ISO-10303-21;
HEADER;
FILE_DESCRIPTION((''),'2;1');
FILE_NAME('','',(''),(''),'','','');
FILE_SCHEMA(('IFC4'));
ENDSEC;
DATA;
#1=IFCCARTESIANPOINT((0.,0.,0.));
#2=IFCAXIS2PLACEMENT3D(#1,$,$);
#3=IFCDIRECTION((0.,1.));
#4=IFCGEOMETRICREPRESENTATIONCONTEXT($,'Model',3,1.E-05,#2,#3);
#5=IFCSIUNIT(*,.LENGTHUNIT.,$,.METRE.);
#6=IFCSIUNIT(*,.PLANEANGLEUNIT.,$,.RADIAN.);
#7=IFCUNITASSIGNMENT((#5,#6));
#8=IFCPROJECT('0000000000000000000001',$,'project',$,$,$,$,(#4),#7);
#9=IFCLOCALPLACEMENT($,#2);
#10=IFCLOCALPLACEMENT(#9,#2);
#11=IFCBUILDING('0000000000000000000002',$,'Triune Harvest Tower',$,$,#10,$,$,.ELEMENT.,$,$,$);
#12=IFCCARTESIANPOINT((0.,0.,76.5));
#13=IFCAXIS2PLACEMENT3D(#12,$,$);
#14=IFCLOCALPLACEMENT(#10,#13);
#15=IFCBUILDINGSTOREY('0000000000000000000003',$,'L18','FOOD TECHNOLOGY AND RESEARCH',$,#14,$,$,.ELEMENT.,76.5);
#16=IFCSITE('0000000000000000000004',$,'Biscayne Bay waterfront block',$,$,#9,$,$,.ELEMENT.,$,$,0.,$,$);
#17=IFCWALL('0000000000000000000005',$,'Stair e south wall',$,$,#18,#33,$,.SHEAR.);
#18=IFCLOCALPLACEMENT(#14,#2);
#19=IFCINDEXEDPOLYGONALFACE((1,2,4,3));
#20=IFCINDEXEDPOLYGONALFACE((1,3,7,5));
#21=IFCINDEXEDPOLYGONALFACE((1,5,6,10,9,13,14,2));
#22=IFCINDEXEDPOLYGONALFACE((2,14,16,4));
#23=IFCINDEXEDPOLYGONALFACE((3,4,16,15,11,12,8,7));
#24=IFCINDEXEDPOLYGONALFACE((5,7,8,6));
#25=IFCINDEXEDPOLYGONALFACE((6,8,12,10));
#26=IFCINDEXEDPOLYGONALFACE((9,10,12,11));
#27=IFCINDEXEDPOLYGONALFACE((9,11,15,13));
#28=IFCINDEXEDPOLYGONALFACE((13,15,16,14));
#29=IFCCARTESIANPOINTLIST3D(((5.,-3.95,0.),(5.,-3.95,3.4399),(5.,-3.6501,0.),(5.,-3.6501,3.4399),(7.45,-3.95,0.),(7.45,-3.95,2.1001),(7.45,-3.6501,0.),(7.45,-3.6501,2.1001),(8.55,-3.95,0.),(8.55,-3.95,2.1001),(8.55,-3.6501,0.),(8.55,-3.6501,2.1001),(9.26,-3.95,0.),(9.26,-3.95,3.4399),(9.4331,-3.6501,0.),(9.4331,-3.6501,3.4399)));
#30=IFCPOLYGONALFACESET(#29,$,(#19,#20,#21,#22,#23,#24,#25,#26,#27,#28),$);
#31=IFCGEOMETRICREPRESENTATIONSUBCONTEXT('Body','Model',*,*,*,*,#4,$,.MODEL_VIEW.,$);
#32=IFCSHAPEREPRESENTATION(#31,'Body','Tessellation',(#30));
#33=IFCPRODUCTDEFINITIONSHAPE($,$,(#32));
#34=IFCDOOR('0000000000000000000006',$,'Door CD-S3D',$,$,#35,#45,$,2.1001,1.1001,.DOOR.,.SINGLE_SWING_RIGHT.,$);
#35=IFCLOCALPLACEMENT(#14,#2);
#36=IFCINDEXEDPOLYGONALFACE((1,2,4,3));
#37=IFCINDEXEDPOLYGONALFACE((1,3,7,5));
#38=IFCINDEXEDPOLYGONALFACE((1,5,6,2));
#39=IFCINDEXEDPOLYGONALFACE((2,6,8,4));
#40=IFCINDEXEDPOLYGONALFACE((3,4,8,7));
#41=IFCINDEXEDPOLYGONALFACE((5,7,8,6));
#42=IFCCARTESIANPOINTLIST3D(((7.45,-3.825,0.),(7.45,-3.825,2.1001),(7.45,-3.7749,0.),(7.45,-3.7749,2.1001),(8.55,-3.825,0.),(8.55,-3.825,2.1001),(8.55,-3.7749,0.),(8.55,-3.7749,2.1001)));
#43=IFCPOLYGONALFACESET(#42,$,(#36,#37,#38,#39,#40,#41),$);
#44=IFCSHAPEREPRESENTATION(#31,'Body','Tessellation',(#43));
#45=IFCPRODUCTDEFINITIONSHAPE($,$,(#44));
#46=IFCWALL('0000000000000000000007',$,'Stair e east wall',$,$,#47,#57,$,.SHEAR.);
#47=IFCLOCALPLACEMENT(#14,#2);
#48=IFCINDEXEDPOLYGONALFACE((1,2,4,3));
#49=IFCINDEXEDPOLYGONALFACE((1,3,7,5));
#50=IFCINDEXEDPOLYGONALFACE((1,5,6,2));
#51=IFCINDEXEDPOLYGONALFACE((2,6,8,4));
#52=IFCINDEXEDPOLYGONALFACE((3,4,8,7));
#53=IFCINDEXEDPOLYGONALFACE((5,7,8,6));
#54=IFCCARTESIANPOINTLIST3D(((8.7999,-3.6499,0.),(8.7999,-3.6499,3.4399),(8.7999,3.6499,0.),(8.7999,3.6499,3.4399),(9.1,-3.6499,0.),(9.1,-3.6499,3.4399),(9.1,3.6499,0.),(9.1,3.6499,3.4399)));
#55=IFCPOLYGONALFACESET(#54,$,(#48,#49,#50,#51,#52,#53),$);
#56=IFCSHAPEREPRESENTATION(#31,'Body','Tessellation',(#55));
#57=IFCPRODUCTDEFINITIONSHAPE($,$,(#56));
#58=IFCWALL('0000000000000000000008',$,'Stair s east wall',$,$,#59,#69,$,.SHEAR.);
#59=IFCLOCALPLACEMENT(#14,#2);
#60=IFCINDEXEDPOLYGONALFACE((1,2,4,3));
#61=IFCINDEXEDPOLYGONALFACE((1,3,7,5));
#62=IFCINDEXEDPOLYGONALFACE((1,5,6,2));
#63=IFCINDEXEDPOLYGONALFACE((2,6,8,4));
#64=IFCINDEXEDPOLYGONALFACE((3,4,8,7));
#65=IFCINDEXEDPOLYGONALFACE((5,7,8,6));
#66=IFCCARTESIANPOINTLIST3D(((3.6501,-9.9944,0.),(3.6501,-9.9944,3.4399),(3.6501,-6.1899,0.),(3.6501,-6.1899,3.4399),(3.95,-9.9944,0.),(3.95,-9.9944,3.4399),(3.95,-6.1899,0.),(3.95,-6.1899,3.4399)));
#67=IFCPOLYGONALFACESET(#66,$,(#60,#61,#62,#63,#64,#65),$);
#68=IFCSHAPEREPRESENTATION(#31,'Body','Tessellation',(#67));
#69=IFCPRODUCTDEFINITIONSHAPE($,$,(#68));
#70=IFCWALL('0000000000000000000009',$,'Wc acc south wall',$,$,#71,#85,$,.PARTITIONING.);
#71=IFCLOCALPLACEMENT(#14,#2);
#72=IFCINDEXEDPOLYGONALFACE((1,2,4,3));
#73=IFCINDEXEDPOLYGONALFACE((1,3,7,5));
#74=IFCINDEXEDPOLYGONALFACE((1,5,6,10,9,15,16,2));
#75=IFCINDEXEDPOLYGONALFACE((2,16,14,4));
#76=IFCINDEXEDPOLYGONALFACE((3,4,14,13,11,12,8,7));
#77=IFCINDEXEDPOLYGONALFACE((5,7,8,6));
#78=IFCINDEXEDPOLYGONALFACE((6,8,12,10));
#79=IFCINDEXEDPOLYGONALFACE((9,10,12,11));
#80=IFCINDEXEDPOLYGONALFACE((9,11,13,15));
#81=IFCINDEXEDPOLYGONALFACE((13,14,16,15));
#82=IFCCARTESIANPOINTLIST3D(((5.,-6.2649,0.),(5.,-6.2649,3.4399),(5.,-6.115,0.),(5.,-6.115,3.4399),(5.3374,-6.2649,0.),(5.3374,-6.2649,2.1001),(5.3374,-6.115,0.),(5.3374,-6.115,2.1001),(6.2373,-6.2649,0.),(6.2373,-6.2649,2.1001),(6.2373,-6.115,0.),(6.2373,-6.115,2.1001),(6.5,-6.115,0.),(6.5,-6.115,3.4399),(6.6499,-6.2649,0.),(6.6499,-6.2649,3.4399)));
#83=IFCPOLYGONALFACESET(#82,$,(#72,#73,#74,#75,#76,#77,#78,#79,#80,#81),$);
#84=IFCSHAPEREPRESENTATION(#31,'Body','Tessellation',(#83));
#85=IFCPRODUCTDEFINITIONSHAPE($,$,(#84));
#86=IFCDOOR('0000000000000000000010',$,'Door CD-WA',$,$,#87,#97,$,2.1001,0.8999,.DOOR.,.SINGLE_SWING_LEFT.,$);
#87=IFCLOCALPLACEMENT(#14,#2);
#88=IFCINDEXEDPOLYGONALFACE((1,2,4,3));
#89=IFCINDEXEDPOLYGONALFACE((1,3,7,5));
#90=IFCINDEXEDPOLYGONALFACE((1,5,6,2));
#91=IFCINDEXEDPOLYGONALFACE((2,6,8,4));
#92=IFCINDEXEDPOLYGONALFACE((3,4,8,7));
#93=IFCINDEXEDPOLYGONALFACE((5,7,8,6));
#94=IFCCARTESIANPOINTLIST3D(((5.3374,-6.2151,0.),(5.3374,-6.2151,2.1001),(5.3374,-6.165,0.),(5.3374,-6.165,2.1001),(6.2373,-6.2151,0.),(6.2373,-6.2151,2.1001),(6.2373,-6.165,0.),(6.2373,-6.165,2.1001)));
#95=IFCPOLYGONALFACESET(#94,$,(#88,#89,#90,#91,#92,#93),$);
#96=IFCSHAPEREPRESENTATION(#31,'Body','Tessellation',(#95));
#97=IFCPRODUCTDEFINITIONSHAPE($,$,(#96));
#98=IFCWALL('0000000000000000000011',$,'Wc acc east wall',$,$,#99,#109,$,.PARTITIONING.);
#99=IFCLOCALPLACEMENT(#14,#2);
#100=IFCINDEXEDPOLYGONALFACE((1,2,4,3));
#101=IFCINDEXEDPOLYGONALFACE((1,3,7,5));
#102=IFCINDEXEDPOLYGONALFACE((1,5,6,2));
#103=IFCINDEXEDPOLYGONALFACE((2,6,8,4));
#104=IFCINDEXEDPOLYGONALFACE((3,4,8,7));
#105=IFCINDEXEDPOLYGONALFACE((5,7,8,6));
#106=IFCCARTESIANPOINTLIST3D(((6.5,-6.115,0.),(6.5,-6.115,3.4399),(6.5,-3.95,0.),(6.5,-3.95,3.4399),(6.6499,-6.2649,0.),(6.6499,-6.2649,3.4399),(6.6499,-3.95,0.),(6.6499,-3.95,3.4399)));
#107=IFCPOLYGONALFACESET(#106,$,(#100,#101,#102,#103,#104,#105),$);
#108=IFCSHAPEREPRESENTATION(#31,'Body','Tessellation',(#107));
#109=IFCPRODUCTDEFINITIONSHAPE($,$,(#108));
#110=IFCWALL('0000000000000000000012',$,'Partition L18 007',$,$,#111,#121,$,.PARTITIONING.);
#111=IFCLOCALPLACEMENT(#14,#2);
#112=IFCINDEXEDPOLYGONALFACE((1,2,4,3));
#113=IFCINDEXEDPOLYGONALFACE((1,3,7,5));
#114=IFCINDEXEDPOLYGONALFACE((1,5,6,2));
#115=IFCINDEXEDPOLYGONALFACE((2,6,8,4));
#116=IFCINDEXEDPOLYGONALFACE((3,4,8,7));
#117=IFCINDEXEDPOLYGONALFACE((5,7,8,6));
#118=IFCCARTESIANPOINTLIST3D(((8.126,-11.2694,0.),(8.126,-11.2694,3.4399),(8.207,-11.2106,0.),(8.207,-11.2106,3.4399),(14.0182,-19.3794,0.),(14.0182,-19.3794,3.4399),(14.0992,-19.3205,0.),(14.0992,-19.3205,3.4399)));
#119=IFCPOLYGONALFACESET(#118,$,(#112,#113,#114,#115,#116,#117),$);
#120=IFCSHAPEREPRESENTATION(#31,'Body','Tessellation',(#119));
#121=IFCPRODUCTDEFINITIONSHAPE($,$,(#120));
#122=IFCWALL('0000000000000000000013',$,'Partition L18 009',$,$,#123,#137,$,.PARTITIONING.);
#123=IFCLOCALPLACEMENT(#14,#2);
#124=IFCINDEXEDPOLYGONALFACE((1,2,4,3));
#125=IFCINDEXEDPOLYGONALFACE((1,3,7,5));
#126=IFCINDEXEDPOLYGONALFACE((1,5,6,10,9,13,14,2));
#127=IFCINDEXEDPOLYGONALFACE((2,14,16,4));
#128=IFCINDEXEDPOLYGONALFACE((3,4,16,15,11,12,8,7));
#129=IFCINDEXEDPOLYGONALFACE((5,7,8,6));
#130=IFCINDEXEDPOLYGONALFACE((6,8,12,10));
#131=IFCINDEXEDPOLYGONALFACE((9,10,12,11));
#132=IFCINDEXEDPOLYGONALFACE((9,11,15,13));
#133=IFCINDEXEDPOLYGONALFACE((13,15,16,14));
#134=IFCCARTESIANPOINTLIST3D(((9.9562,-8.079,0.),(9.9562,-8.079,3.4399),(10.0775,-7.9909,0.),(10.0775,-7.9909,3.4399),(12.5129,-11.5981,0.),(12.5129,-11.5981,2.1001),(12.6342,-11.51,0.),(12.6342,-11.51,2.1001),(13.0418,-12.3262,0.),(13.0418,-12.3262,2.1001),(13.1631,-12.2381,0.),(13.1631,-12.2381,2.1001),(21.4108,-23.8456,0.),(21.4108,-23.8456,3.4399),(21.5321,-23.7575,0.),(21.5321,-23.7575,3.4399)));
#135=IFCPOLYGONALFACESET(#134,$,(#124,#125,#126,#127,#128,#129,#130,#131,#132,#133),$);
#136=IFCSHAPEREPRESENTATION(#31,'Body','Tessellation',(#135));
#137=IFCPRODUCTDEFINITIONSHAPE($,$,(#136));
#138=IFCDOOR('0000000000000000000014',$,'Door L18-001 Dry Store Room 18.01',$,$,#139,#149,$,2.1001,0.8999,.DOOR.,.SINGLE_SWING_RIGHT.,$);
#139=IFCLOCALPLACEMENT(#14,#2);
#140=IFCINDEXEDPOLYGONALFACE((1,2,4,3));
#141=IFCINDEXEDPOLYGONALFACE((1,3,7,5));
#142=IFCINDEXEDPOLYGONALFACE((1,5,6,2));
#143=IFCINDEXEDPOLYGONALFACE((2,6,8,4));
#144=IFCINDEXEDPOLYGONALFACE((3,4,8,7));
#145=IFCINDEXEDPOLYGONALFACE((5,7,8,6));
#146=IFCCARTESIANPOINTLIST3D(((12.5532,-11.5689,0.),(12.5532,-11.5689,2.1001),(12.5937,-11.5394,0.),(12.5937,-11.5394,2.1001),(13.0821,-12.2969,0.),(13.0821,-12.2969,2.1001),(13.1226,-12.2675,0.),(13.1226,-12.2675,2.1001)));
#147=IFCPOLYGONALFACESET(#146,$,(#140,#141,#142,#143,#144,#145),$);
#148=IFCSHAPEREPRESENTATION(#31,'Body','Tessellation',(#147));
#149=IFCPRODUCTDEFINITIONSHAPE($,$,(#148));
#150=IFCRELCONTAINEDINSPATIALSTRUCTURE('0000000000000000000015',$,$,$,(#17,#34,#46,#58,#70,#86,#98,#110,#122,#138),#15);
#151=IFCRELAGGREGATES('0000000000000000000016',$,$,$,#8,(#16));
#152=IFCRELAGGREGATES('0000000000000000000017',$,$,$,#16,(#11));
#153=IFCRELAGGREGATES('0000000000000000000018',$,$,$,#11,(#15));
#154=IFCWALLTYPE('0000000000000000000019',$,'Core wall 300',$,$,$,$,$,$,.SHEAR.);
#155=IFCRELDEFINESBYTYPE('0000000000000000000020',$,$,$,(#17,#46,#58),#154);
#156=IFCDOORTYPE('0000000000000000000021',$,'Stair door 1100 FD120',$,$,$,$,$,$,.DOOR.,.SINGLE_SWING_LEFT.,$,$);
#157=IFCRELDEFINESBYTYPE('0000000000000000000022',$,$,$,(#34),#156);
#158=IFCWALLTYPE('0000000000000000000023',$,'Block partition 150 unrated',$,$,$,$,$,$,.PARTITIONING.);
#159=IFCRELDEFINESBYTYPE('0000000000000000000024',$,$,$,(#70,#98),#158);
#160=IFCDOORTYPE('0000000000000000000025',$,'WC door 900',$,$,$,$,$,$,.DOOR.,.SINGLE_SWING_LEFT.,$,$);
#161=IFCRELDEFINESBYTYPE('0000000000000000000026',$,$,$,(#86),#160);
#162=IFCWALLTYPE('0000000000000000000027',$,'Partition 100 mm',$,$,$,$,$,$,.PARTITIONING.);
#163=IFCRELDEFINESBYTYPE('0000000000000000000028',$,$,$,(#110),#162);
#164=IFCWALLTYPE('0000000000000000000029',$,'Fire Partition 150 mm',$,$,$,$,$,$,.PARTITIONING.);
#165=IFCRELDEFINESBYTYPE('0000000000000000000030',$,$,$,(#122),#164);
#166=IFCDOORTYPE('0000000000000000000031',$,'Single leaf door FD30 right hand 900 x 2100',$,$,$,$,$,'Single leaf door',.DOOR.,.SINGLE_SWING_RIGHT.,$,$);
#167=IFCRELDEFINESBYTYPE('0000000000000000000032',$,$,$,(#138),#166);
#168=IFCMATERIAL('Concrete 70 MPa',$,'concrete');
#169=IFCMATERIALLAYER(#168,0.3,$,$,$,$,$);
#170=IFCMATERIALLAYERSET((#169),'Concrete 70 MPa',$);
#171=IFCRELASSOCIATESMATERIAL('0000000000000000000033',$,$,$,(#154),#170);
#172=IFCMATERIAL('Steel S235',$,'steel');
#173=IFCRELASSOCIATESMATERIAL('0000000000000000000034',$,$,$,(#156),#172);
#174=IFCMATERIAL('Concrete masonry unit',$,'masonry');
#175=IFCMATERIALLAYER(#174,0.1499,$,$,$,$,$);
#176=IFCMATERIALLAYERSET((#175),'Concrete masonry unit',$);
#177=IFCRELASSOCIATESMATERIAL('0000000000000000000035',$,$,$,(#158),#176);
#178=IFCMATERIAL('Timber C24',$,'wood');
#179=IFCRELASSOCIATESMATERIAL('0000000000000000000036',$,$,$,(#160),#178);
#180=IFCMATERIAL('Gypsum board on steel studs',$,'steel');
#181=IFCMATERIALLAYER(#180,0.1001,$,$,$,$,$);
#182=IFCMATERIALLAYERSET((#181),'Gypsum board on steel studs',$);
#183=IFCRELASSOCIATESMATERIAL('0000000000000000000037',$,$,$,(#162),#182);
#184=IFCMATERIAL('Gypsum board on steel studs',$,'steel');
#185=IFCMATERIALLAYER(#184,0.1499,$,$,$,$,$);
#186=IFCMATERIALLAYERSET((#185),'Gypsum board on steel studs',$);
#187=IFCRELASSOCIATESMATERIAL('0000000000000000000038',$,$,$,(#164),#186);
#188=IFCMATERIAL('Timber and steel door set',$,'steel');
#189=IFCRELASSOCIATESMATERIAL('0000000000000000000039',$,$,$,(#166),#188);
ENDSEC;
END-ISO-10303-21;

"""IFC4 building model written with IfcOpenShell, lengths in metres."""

from ifc_helpers import new_model, si_unit, direction, frame, frame_2d, origin, place, context, subcontext, project, spatial, polyline, rectangle, outline, extrude, source, transform, mapped, material, layer, layer_set, type_object, element, fill, save


model = new_model("IFC4")

# Units and contexts
model_context = context("Model", 3, precision=1e-05, world=origin(), true_north=direction((0.0, 1.0)))
body_context = subcontext(model_context, "Body", "Model", "MODEL_VIEW")
ifc_project = project(units=[si_unit("LENGTHUNIT", "METRE"), si_unit("PLANEANGLEUNIT", "RADIAN")], contexts=[model_context])

# Site, building, storey
site_placement = place(None, origin())
site = spatial("IfcSite", under=ifc_project, at=site_placement, Name="Biscayne Bay waterfront block", CompositionType="ELEMENT", RefElevation=0.0)
building_placement = place(site_placement, origin())
building = spatial("IfcBuilding", under=site, at=building_placement, Name="Triune Harvest Tower", CompositionType="ELEMENT")
storey_placement = place(building_placement, frame((0.0, 0.0, 76.5)))
storey = spatial("IfcBuildingStorey", under=building, at=storey_placement, Name="L18", Description="FOOD TECHNOLOGY AND RESEARCH", CompositionType="ELEMENT", Elevation=76.5)

# Shared definitions
ifc_material_1 = material(Name="Concrete 70 MPa", Category="concrete")
ifc_layer_1 = layer(ifc_material_1, 0.3)
ifc_layer_set_1 = layer_set([ifc_layer_1], Name="Concrete 70 MPa")
wall_type_1 = type_object("IfcWallType", Name="Core wall 300", PredefinedType="SHEAR", material=ifc_layer_set_1)

# Wall, opening, door
ifc_material_2 = material(Name="Steel S235", Category="steel")
door_type_1 = type_object("IfcDoorType", Name="Stair door 1100 FD120", OperationType="SINGLE_SWING_LEFT", PredefinedType="DOOR", material=ifc_material_2)
shared_shape_1 = source(origin(), body_context, "Body", "SweptSolid", [
    extrude(outline(polyline([(0.0, -0.1499), (0.0, 0.1499), (4.4331, 0.1499), (4.26, -0.1499), (0.0, -0.1499)])), origin(), (0.0, 0.0, 1.0), 3.4399),
])
wall_1_placement = place(storey_placement, frame((5.0, -3.8, 0.0), z_axis=(0.0, 0.0, 1.0), x_axis=(1.0, 0.0, 0.0)))
wall_1 = element("IfcWall", 1, at=wall_1_placement, inside=storey, type_object=wall_type_1, Name="Stair e south wall", PredefinedType="SHEAR", context=body_context, shape_type="MappedRepresentation", body=[
    mapped(shared_shape_1, transform((0.0, 0.0, 0.0), scale=1.0)),
])
opening_1_placement = place(wall_1_placement, frame((2.45, 0.0, 0.0)))
opening_1 = element("IfcOpeningElement", 2, at=opening_1_placement, cuts=wall_1, PredefinedType="OPENING", context=body_context, shape_type="SweptSolid", body=[
    extrude(rectangle(XDim=1.1001, YDim=2.1001, at=frame_2d((0.55, 1.05))), frame((0.0, 0.1602, 0.0), z_axis=(0.0, -1.0, 0.0), x_axis=(1.0, 0.0, 0.0)), (0.0, 0.0, 1.0), 0.3201),
])
door_1_placement = place(opening_1_placement, frame((1.1001, 0.0, 0.0), z_axis=(0.0, 0.0, 1.0), x_axis=(-1.0, 0.0, 0.0)))
door_1 = element("IfcDoor", 3, at=door_1_placement, inside=storey, type_object=door_type_1, Name="Door CD-S3D", OperationType="SINGLE_SWING_RIGHT", OverallHeight=2.1001, OverallWidth=1.1001, PredefinedType="DOOR", context=body_context, shape_type="SweptSolid", body=[
    extrude(rectangle(XDim=1.1001, YDim=2.1001, at=frame_2d((0.55, 1.05))), frame((0.0, 0.0249, 0.0), z_axis=(0.0, -1.0, 0.0), x_axis=(1.0, 0.0, 0.0)), (0.0, 0.0, 1.0), 0.05),
])
fill(opening_1, door_1)

# Walls
shared_shape_2 = source(origin(), body_context, "Body", "SweptSolid", [
    extrude(rectangle(XDim=7.2998, YDim=0.3, at=frame_2d((3.6499, 0.0))), origin(), (0.0, 0.0, 1.0), 3.4399),
])
wall_2_placement = place(storey_placement, frame((8.95, -3.6499, 0.0), z_axis=(0.0, 0.0, 1.0), x_axis=(0.0, 1.0, 0.0)))
element("IfcWall", 4, at=wall_2_placement, inside=storey, type_object=wall_type_1, Name="Stair e east wall", PredefinedType="SHEAR", context=body_context, shape_type="MappedRepresentation", body=[
    mapped(shared_shape_2, transform((0.0, 0.0, 0.0), scale=1.0)),
])
shared_shape_3 = source(origin(), body_context, "Body", "SweptSolid", [
    extrude(outline(polyline([(3.8, -0.1499), (-0.0044, -0.1499), (-0.0044, 0.1499), (3.8, 0.1499), (3.8, -0.1499)])), origin(), (0.0, 0.0, 1.0), 3.4399),
])
wall_3_placement = place(storey_placement, frame((3.8, -9.99, 0.0), z_axis=(0.0, 0.0, 1.0), x_axis=(0.0, 1.0, 0.0)))
element("IfcWall", 5, at=wall_3_placement, inside=storey, type_object=wall_type_1, Name="Stair s east wall", PredefinedType="SHEAR", context=body_context, shape_type="MappedRepresentation", body=[
    mapped(shared_shape_3, transform((0.0, 0.0, 0.0), scale=1.0)),
])

# Wall, opening, door
ifc_material_3 = material(Name="Concrete masonry unit", Category="masonry")
ifc_layer_2 = layer(ifc_material_3, 0.1499)
ifc_layer_set_2 = layer_set([ifc_layer_2], Name="Concrete masonry unit")
wall_type_2 = type_object("IfcWallType", Name="Block partition 150 unrated", PredefinedType="PARTITIONING", material=ifc_layer_set_2)
shared_shape_4 = source(origin(), body_context, "Body", "SweptSolid", [
    extrude(outline(polyline([(0.0, -0.075), (1.6499, -0.075), (1.5, 0.075), (0.0, 0.075), (0.0, -0.075)])), origin(), (0.0, 0.0, 1.0), 3.4399),
])
wall_4_placement = place(storey_placement, frame((5.0, -6.1899, 0.0), z_axis=(0.0, 0.0, 1.0), x_axis=(1.0, 0.0, 0.0)))
wall_4 = element("IfcWall", 6, at=wall_4_placement, inside=storey, type_object=wall_type_2, Name="Wc acc south wall", PredefinedType="PARTITIONING", context=body_context, shape_type="MappedRepresentation", body=[
    mapped(shared_shape_4, transform((0.0, 0.0, 0.0), scale=1.0)),
])
opening_2_placement = place(wall_4_placement, frame((0.3374, 0.0, 0.0)))
opening_2 = element("IfcOpeningElement", 7, at=opening_2_placement, cuts=wall_4, PredefinedType="OPENING", context=body_context, shape_type="SweptSolid", body=[
    extrude(rectangle(XDim=0.8999, YDim=2.1001, at=frame_2d((0.45, 1.05))), frame((0.0, 0.085, 0.0), z_axis=(0.0, -1.0, 0.0), x_axis=(1.0, 0.0, 0.0)), (0.0, 0.0, 1.0), 0.1699),
])
ifc_material_4 = material(Name="Timber C24", Category="wood")
door_type_2 = type_object("IfcDoorType", Name="WC door 900", OperationType="SINGLE_SWING_LEFT", PredefinedType="DOOR", material=ifc_material_4)
door_2_placement = place(opening_2_placement, origin())
door_2 = element("IfcDoor", 8, at=door_2_placement, inside=storey, type_object=door_type_2, Name="Door CD-WA", OperationType="SINGLE_SWING_LEFT", OverallHeight=2.1001, OverallWidth=0.8999, PredefinedType="DOOR", context=body_context, shape_type="SweptSolid", body=[
    extrude(rectangle(XDim=0.8999, YDim=2.1001, at=frame_2d((0.45, 1.05))), frame((0.0, 0.0249, 0.0), z_axis=(0.0, -1.0, 0.0), x_axis=(1.0, 0.0, 0.0)), (0.0, 0.0, 1.0), 0.05),
])
fill(opening_2, door_2)

# Walls
shared_shape_5 = source(origin(), body_context, "Body", "SweptSolid", [
    extrude(outline(polyline([(-0.075, -0.075), (2.24, -0.075), (2.24, 0.075), (0.075, 0.075), (-0.075, -0.075)])), origin(), (0.0, 0.0, 1.0), 3.4399),
])
wall_5_placement = place(storey_placement, frame((6.575, -6.1899, 0.0), z_axis=(0.0, 0.0, 1.0), x_axis=(0.0, 1.0, 0.0)))
element("IfcWall", 9, at=wall_5_placement, inside=storey, type_object=wall_type_2, Name="Wc acc east wall", PredefinedType="PARTITIONING", context=body_context, shape_type="MappedRepresentation", body=[
    mapped(shared_shape_5, transform((0.0, 0.0, 0.0), scale=1.0)),
])
ifc_material_5 = material(Name="Gypsum board on steel studs", Category="steel")
ifc_layer_3 = layer(ifc_material_5, 0.1001)
ifc_layer_set_3 = layer_set([ifc_layer_3], Name="Gypsum board on steel studs")
wall_type_3 = type_object("IfcWallType", Name="Partition 100 mm", PredefinedType="PARTITIONING", material=ifc_layer_set_3)
shared_shape_6 = source(origin(), body_context, "Body", "SweptSolid", [
    extrude(rectangle(XDim=10.0244, YDim=0.1001, at=frame_2d((5.0122, 0.0))), origin(), (0.0, 0.0, 1.0), 3.4399),
])
wall_6_placement = place(storey_placement, frame((8.1665, -11.24, 0.0), z_axis=(0.0, 0.0, 1.0), x_axis=(0.587781, -0.80902, 0.0)))
element("IfcWall", 10, at=wall_6_placement, inside=storey, type_object=wall_type_3, Name="Partition L18 007", PredefinedType="PARTITIONING", context=body_context, shape_type="MappedRepresentation", body=[
    mapped(shared_shape_6, transform((0.0, 0.0, 0.0), scale=1.0)),
])

# Wall, opening, door
ifc_material_6 = material(Name="Gypsum board on steel studs", Category="steel")
ifc_layer_4 = layer(ifc_material_6, 0.1499)
ifc_layer_set_4 = layer_set([ifc_layer_4], Name="Gypsum board on steel studs")
wall_type_4 = type_object("IfcWallType", Name="Fire Partition 150 mm", PredefinedType="PARTITIONING", material=ifc_layer_set_4)
shared_shape_7 = source(origin(), body_context, "Body", "SweptSolid", [
    extrude(rectangle(XDim=19.4883, YDim=0.1499, at=frame_2d((9.7441, 0.0))), origin(), (0.0, 0.0, 1.0), 3.4399),
])
wall_7_placement = place(storey_placement, frame((10.0168, -8.0349, 0.0), z_axis=(0.0, 0.0, 1.0), x_axis=(0.587768, -0.80903, 0.0)))
wall_7 = element("IfcWall", 11, at=wall_7_placement, inside=storey, type_object=wall_type_4, Name="Partition L18 009", PredefinedType="PARTITIONING", context=body_context, shape_type="MappedRepresentation", body=[
    mapped(shared_shape_7, transform((0.0, 0.0, 0.0), scale=1.0)),
])
opening_3_placement = place(wall_7_placement, frame((4.3499, 0.0, 0.0)))
opening_3 = element("IfcOpeningElement", 12, at=opening_3_placement, cuts=wall_7, PredefinedType="OPENING", context=body_context, shape_type="SweptSolid", body=[
    extrude(rectangle(XDim=0.8999, YDim=2.1001, at=frame_2d((0.45, 1.05))), frame((0.0, 0.085, 0.0), z_axis=(0.0, -1.0, 0.0), x_axis=(1.0, 0.0, 0.0)), (0.0, 0.0, 1.0), 0.1699),
])
ifc_material_7 = material(Name="Timber and steel door set", Category="steel")
door_type_3 = type_object("IfcDoorType", Name="Single leaf door FD30 right hand 900 x 2100", ElementType="Single leaf door", OperationType="SINGLE_SWING_RIGHT", PredefinedType="DOOR", material=ifc_material_7)
door_3_placement = place(opening_3_placement, origin())
door_3 = element("IfcDoor", 13, at=door_3_placement, inside=storey, type_object=door_type_3, Name="Door L18-001 Dry Store Room 18.01", OperationType="SINGLE_SWING_RIGHT", OverallHeight=2.1001, OverallWidth=0.8999, PredefinedType="DOOR", context=body_context, shape_type="SweptSolid", body=[
    extrude(rectangle(XDim=0.8999, YDim=2.1001, at=frame_2d((0.45, 1.05))), frame((0.0, 0.0249, 0.0), z_axis=(0.0, -1.0, 0.0), x_axis=(1.0, 0.0, 0.0)), (0.0, 0.0, 1.0), 0.05),
])
fill(opening_3, door_3)

save(model, "model.ifc")
